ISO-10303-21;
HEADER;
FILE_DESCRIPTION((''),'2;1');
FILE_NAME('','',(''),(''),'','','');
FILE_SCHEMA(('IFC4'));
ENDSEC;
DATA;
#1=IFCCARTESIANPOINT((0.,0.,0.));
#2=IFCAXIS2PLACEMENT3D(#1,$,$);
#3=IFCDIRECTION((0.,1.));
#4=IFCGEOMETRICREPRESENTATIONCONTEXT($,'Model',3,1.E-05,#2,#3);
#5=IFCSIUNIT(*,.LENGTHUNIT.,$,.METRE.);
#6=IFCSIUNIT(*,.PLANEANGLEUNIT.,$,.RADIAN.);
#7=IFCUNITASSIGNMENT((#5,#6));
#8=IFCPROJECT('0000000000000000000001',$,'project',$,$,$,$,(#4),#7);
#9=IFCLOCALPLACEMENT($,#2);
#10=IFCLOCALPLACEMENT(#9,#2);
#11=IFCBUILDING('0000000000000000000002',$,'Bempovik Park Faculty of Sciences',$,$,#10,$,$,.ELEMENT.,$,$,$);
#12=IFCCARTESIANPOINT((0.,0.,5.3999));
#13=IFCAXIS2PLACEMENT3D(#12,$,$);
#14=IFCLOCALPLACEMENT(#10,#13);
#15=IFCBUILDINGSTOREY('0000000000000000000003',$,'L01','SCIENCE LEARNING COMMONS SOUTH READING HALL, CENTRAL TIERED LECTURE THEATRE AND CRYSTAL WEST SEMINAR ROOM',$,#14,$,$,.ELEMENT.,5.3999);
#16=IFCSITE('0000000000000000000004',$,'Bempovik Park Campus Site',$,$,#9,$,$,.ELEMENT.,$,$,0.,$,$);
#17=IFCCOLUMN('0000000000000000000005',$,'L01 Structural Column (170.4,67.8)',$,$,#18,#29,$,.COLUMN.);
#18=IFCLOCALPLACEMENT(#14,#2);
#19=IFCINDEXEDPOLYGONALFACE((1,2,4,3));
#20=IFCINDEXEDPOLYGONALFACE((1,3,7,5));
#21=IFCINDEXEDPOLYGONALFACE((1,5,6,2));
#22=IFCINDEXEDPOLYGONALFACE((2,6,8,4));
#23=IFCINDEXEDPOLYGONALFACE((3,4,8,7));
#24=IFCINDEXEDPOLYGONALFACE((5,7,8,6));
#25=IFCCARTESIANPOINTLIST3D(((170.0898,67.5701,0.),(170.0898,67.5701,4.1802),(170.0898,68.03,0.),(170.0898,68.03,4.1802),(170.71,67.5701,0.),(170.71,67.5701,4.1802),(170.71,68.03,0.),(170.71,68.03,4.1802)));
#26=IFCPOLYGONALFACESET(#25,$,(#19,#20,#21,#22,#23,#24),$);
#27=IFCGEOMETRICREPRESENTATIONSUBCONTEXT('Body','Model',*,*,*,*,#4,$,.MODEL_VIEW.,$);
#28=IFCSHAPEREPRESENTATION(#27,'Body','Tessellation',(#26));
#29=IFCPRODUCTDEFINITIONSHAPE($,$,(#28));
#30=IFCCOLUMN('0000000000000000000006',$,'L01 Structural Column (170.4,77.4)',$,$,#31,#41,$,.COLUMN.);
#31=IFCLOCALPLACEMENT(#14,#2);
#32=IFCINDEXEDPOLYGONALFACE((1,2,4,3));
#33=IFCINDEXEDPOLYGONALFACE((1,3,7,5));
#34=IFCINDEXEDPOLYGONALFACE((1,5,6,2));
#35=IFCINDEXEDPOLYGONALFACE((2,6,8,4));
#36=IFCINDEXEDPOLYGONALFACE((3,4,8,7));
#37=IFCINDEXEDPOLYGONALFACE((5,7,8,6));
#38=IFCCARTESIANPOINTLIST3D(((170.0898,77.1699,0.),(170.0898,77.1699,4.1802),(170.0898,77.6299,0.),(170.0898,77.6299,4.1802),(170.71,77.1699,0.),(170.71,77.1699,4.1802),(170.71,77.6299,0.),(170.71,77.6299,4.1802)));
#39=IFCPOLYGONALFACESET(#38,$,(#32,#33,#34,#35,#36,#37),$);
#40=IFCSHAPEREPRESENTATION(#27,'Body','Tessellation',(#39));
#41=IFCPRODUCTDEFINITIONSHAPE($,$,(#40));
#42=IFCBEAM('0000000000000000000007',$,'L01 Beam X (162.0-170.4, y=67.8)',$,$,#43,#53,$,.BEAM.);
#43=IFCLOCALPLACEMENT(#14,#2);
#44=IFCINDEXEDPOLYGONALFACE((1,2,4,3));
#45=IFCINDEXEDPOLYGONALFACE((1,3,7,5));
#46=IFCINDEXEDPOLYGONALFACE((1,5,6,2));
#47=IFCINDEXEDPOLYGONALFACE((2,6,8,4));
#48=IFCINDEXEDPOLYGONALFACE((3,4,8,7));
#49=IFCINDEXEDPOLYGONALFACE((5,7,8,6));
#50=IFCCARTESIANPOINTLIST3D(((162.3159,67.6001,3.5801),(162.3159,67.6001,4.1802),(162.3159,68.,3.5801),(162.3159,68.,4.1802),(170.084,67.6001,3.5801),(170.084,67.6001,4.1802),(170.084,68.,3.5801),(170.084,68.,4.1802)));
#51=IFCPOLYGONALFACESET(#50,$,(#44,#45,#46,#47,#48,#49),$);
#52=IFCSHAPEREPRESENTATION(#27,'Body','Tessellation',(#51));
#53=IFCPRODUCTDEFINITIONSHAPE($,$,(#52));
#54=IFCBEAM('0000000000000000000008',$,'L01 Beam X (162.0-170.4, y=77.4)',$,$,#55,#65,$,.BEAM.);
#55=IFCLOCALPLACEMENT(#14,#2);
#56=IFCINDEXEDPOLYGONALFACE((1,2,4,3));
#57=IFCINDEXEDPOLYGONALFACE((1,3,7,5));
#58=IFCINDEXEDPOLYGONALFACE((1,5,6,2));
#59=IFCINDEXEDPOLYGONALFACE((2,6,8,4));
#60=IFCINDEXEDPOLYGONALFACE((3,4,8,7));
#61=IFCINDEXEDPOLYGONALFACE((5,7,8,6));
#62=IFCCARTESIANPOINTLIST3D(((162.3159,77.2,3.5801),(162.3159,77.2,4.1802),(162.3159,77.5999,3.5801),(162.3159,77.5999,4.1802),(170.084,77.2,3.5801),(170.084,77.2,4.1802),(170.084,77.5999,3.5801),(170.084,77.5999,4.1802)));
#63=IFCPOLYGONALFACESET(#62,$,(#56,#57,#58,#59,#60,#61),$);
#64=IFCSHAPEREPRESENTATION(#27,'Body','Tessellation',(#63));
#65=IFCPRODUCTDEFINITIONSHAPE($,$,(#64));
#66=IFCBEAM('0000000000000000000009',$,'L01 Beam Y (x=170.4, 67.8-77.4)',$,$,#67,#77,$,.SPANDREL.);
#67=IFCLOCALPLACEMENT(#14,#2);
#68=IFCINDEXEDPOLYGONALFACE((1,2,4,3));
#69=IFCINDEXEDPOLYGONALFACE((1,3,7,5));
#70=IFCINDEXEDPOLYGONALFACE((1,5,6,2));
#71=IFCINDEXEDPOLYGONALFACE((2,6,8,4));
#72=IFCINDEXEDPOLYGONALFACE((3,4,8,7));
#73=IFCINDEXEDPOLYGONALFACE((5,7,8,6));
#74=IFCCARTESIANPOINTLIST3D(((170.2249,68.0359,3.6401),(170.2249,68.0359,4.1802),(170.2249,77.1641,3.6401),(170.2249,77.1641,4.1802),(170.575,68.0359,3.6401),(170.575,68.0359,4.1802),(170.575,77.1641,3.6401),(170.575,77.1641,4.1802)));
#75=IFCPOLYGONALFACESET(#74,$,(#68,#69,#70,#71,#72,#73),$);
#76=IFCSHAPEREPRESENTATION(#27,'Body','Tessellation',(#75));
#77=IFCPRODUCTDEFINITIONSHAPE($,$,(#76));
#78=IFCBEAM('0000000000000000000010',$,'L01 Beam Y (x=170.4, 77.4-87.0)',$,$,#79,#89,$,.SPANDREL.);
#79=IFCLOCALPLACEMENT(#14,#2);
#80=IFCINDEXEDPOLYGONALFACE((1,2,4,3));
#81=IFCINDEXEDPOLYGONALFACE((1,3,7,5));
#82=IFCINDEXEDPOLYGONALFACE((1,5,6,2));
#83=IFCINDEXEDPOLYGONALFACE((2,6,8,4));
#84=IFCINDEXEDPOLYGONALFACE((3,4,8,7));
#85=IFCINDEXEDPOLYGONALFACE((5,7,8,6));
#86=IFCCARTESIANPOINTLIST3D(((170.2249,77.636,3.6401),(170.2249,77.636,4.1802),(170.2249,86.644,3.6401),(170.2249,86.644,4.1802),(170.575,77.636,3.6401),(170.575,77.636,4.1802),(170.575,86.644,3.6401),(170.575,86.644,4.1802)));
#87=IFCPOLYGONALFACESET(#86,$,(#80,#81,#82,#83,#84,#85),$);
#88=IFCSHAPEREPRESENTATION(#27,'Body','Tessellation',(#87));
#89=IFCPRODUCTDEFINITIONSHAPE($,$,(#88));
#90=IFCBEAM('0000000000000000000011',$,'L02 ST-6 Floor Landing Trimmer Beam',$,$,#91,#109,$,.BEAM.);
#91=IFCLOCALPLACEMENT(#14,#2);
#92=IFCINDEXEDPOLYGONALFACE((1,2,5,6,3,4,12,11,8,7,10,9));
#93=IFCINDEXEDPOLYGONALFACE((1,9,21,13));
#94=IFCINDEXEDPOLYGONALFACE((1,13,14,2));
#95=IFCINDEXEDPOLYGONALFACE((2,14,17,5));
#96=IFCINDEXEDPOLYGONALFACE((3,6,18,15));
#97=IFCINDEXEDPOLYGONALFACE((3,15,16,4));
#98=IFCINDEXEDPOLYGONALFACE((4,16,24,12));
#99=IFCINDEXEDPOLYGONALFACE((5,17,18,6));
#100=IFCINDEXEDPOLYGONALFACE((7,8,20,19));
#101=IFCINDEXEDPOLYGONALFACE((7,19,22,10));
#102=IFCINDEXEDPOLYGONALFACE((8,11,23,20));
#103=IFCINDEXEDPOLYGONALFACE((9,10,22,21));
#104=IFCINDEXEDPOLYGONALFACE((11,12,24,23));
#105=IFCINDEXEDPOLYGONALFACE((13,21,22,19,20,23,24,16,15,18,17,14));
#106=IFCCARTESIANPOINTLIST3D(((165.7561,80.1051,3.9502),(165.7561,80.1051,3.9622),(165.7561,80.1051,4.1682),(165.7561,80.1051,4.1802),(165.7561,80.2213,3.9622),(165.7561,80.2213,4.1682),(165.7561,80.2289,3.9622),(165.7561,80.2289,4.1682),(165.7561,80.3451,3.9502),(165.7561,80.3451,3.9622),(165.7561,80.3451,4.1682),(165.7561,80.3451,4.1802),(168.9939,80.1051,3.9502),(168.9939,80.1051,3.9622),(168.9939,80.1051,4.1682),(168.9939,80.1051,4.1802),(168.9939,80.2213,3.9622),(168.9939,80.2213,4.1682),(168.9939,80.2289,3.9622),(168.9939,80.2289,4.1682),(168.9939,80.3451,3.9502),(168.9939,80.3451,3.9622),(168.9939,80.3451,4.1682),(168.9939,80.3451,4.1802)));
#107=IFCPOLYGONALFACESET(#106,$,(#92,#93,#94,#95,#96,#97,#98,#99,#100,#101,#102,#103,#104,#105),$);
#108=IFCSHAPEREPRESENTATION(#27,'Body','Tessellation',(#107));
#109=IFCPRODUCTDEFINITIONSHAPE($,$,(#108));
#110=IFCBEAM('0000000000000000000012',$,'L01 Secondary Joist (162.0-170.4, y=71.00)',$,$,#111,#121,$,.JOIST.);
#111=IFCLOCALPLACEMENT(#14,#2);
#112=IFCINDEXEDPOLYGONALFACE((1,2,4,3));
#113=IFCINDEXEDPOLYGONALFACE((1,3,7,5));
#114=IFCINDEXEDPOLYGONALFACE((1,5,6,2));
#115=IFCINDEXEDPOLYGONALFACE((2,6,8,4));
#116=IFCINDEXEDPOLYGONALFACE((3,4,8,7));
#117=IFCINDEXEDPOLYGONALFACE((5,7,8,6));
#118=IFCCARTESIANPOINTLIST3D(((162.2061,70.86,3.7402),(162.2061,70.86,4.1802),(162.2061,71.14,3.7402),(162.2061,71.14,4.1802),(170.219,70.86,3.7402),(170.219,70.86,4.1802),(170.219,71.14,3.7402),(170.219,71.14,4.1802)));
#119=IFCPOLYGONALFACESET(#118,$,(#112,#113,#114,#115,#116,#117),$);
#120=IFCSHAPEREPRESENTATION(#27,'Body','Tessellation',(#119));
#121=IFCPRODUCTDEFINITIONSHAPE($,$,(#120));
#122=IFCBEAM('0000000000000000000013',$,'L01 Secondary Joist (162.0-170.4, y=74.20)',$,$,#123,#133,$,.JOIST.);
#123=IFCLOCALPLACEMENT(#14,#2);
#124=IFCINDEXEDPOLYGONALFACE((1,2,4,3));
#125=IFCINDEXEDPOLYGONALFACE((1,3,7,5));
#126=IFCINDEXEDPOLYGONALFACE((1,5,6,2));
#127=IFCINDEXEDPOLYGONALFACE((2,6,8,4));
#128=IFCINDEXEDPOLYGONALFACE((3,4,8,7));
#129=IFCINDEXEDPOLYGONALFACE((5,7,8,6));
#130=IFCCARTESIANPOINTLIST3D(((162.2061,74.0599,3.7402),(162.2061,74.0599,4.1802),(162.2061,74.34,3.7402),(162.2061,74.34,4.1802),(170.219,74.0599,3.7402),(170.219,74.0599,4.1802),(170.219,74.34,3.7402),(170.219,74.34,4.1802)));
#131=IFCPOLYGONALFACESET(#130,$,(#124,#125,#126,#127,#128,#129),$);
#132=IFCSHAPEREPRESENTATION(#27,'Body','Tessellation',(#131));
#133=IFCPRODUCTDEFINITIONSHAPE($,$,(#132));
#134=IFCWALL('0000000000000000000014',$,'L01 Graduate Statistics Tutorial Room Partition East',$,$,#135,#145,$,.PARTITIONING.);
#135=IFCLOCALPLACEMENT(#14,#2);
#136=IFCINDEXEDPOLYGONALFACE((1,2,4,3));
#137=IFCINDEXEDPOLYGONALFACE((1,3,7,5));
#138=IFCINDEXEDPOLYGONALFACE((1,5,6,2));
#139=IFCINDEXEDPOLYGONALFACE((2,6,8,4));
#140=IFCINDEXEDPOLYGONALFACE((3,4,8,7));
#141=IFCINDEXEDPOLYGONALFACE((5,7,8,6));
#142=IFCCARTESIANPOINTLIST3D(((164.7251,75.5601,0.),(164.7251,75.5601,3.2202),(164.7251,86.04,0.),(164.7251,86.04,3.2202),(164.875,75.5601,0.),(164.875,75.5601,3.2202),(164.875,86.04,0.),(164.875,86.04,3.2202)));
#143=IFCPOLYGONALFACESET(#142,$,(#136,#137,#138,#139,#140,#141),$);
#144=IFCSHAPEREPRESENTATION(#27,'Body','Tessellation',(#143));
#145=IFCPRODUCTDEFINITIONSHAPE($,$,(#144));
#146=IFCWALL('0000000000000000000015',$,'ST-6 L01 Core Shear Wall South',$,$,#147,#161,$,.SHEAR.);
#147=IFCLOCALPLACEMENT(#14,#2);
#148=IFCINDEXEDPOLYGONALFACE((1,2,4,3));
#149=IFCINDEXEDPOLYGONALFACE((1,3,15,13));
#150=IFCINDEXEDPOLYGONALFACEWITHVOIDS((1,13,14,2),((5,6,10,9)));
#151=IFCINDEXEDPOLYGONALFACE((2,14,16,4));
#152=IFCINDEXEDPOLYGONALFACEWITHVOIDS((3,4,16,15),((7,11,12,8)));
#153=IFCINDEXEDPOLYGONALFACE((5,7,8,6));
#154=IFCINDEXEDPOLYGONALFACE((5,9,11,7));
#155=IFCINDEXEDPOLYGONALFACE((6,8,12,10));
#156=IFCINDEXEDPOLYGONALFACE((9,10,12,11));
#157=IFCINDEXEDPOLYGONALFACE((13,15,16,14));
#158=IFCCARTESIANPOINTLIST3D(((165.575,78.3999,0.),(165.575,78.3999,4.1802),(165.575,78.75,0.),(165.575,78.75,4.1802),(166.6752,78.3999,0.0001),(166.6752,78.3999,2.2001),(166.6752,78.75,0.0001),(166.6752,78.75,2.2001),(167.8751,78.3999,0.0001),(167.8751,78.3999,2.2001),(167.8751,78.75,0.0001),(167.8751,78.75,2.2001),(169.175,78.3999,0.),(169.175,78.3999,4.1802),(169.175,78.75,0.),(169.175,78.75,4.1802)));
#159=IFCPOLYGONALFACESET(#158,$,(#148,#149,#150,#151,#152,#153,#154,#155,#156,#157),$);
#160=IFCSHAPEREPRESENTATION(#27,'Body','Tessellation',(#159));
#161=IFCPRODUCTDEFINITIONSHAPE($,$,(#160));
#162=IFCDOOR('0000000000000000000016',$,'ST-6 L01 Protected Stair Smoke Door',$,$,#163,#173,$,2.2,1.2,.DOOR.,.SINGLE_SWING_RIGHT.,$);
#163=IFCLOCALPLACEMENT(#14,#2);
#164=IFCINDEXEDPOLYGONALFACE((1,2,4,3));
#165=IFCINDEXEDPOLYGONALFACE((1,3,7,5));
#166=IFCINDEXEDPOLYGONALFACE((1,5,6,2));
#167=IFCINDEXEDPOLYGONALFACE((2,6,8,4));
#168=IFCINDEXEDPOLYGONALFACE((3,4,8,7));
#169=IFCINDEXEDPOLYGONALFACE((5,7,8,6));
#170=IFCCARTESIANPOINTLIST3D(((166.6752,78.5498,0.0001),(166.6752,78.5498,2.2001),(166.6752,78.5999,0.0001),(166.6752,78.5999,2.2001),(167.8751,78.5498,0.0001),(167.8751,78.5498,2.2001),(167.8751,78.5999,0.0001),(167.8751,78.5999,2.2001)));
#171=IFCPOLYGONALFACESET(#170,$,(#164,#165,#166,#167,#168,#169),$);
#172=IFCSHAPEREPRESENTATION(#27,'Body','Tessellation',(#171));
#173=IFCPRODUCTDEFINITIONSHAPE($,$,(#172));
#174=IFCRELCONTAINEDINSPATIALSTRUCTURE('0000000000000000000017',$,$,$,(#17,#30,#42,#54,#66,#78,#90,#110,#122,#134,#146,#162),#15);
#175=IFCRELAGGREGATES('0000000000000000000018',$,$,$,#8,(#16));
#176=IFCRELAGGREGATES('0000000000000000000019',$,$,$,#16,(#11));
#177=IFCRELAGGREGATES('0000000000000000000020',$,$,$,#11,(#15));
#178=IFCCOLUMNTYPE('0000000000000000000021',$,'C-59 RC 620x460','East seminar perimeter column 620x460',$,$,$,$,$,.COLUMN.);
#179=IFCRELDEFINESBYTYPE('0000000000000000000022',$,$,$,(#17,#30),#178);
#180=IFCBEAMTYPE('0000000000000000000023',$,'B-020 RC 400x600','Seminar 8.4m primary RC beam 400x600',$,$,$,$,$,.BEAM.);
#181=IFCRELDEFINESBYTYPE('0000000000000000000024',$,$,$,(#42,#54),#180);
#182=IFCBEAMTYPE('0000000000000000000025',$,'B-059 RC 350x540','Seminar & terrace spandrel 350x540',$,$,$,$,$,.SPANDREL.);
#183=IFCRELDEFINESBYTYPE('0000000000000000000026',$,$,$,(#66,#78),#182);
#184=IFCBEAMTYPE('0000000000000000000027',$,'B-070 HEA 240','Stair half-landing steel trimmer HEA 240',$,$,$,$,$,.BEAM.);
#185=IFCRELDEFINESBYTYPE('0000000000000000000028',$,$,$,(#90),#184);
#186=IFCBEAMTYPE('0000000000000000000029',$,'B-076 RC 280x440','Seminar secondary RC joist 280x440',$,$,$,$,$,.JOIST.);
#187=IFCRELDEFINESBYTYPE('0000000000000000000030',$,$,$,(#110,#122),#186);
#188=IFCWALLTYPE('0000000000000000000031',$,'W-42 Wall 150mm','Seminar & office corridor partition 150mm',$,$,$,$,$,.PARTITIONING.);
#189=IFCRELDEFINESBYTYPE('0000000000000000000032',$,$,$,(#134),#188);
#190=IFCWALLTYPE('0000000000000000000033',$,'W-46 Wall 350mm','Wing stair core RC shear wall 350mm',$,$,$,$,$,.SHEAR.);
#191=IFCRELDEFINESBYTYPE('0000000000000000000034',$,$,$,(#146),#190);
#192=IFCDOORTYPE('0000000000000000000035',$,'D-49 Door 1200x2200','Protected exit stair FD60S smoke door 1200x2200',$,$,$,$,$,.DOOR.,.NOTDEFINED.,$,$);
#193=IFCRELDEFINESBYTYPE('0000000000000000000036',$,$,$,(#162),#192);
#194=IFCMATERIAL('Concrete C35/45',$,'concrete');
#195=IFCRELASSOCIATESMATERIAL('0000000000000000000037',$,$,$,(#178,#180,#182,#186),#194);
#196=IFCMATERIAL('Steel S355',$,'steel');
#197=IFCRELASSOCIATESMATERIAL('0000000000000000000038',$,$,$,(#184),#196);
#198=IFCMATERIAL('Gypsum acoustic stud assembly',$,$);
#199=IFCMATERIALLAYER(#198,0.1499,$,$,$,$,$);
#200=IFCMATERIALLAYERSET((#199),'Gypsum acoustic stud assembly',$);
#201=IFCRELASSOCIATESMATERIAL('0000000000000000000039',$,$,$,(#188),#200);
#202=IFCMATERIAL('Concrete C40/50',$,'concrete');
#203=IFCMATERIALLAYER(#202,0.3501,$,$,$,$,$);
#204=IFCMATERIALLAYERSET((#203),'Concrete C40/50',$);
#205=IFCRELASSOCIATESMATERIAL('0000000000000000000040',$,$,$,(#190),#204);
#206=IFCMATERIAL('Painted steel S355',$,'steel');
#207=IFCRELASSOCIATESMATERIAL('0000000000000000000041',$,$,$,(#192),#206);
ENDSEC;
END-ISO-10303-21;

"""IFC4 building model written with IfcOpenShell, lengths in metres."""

from ifc_helpers import new_model, si_unit, direction, frame, frame_2d, origin, origin_2d, place, context, subcontext, project, spatial, rectangle, i_section, extrude, material, layer, layer_set, material_profile, profile_set, type_object, element, fill, save


model = new_model("IFC4")

# Units and contexts
model_context = context("Model", 3, precision=1e-05, world=origin(), true_north=direction((0.0, 1.0)))
body_context = subcontext(model_context, "Body", "Model", "MODEL_VIEW")
ifc_project = project(units=[si_unit("LENGTHUNIT", "METRE"), si_unit("PLANEANGLEUNIT", "RADIAN")], contexts=[model_context])

# Site, building, storey
site_placement = place(None, origin())
site = spatial("IfcSite", under=ifc_project, at=site_placement, Name="Bempovik Park Campus Site", CompositionType="ELEMENT", RefElevation=0.0)
building_placement = place(site_placement, origin())
building = spatial("IfcBuilding", under=site, at=building_placement, Name="Bempovik Park Faculty of Sciences", CompositionType="ELEMENT")
storey_placement = place(building_placement, frame((0.0, 0.0, 5.3999)))
storey = spatial("IfcBuildingStorey", under=building, at=storey_placement, Name="L01", Description="SCIENCE LEARNING COMMONS SOUTH READING HALL, CENTRAL TIERED LECTURE THEATRE AND CRYSTAL WEST SEMINAR ROOM", CompositionType="ELEMENT", Elevation=5.3999)

# Columns
ifc_material_1 = material(Name="Concrete C35/45", Category="concrete")
ifc_material_profile_1 = material_profile(ifc_material_1, rectangle(XDim=0.6201, YDim=0.46, at=origin_2d()), Name="RC 620x460")
ifc_profile_set_1 = profile_set([ifc_material_profile_1], Name="Concrete C35/45")
column_type = type_object("IfcColumnType", Name="C-59 RC 620x460", Description="East seminar perimeter column 620x460", PredefinedType="COLUMN", material=ifc_profile_set_1)
for number, where, z_axis, x_axis, name in (
    (1, (170.3999, 67.8, 0.0), (0.0, 0.0, 1.0), (1.0, 0.0, 0.0), "L01 Structural Column (170.4,67.8)"),
    (2, (170.3999, 77.3999, 0.0), (0.0, 0.0, 1.0), (1.0, 0.0, 0.0), "L01 Structural Column (170.4,77.4)"),
):
    element("IfcColumn", number, at=place(storey_placement, frame(where, z_axis=z_axis, x_axis=x_axis)), inside=storey, type_object=column_type, Name=name, PredefinedType="COLUMN", context=body_context, shape_type="SweptSolid", body=[
        extrude(rectangle(XDim=0.6201, YDim=0.46, at=origin_2d()), origin(), (0.0, 0.0, 1.0), 4.1802),
    ])

# Beams
ifc_material_profile_2 = material_profile(ifc_material_1, rectangle(XDim=0.3999, YDim=0.6001, at=origin_2d()), Name="RC 400x600")
ifc_profile_set_2 = profile_set([ifc_material_profile_2], Name="Concrete C35/45")
beam_type_1 = type_object("IfcBeamType", Name="B-020 RC 400x600", Description="Seminar 8.4m primary RC beam 400x600", PredefinedType="BEAM", material=ifc_profile_set_2)
for number, where, z_axis, x_axis, name in (
    (3, (162.3159, 67.8, 3.8801), (1.0, 0.0, 0.0), (0.0, 1.0, 0.0), "L01 Beam X (162.0-170.4, y=67.8)"),
    (4, (162.3159, 77.3999, 3.8801), (1.0, 0.0, 0.0), (0.0, 1.0, 0.0), "L01 Beam X (162.0-170.4, y=77.4)"),
):
    element("IfcBeam", number, at=place(storey_placement, frame(where, z_axis=z_axis, x_axis=x_axis)), inside=storey, type_object=beam_type_1, Name=name, PredefinedType="BEAM", context=body_context, shape_type="SweptSolid", body=[
        extrude(rectangle(XDim=0.3999, YDim=0.6001, at=origin_2d()), origin(), (0.0, 0.0, 1.0), 7.7681),
    ])
ifc_material_profile_3 = material_profile(ifc_material_1, rectangle(XDim=0.3501, YDim=0.54, at=origin_2d()), Name="RC 350x540")
ifc_profile_set_3 = profile_set([ifc_material_profile_3], Name="Concrete C35/45")
beam_type_2 = type_object("IfcBeamType", Name="B-059 RC 350x540", Description="Seminar & terrace spandrel 350x540", PredefinedType="SPANDREL", material=ifc_profile_set_3)
beam_1_placement = place(storey_placement, frame((170.3999, 68.0359, 3.9102), z_axis=(0.0, 1.0, 0.0), x_axis=(-1.0, 0.0, 0.0)))
element("IfcBeam", 5, at=beam_1_placement, inside=storey, type_object=beam_type_2, Name="L01 Beam Y (x=170.4, 67.8-77.4)", PredefinedType="SPANDREL", context=body_context, shape_type="SweptSolid", body=[
    extrude(rectangle(XDim=0.3501, YDim=0.54, at=origin_2d()), origin(), (0.0, 0.0, 1.0), 9.1282),
])
beam_2_placement = place(storey_placement, frame((170.3999, 77.636, 3.9102), z_axis=(0.0, 1.0, 0.0), x_axis=(-1.0, 0.0, 0.0)))
element("IfcBeam", 6, at=beam_2_placement, inside=storey, type_object=beam_type_2, Name="L01 Beam Y (x=170.4, 77.4-87.0)", PredefinedType="SPANDREL", context=body_context, shape_type="SweptSolid", body=[
    extrude(rectangle(XDim=0.3501, YDim=0.54, at=origin_2d()), origin(), (0.0, 0.0, 1.0), 9.0081),
])
ifc_material_2 = material(Name="Steel S355", Category="steel")
ifc_material_profile_4 = material_profile(ifc_material_2, i_section(OverallWidth=0.24, OverallDepth=0.23, WebThickness=0.0076, FlangeThickness=0.012, at=origin_2d()), Name="HEA 240")
ifc_profile_set_4 = profile_set([ifc_material_profile_4], Name="Steel S355")
beam_type_3 = type_object("IfcBeamType", Name="B-070 HEA 240", Description="Stair half-landing steel trimmer HEA 240", PredefinedType="BEAM", material=ifc_profile_set_4)
beam_3_placement = place(storey_placement, frame((165.7561, 80.2251, 4.0652), z_axis=(1.0, 0.0, 0.0), x_axis=(0.0, 1.0, 0.0)))
element("IfcBeam", 7, at=beam_3_placement, inside=storey, type_object=beam_type_3, Name="L02 ST-6 Floor Landing Trimmer Beam", PredefinedType="BEAM", context=body_context, shape_type="SweptSolid", body=[
    extrude(i_section(OverallWidth=0.24, OverallDepth=0.23, WebThickness=0.0076, FlangeThickness=0.012, at=origin_2d()), origin(), (0.0, 0.0, 1.0), 3.2378),
])
ifc_material_profile_5 = material_profile(ifc_material_1, rectangle(XDim=0.28, YDim=0.4399, at=origin_2d()), Name="RC 280x440")
ifc_profile_set_5 = profile_set([ifc_material_profile_5], Name="Concrete C35/45")
beam_type_4 = type_object("IfcBeamType", Name="B-076 RC 280x440", Description="Seminar secondary RC joist 280x440", PredefinedType="JOIST", material=ifc_profile_set_5)
for number, where, z_axis, x_axis, name in (
    (8, (162.2061, 71.0, 3.9602), (1.0, 0.0, 0.0), (0.0, 1.0, 0.0), "L01 Secondary Joist (162.0-170.4, y=71.00)"),
    (9, (162.2061, 74.2, 3.9602), (1.0, 0.0, 0.0), (0.0, 1.0, 0.0), "L01 Secondary Joist (162.0-170.4, y=74.20)"),
):
    element("IfcBeam", number, at=place(storey_placement, frame(where, z_axis=z_axis, x_axis=x_axis)), inside=storey, type_object=beam_type_4, Name=name, PredefinedType="JOIST", context=body_context, shape_type="SweptSolid", body=[
        extrude(rectangle(XDim=0.28, YDim=0.4399, at=origin_2d()), origin(), (0.0, 0.0, 1.0), 8.0129),
    ])

# Wall
ifc_material_3 = material(Name="Gypsum acoustic stud assembly")
ifc_layer_1 = layer(ifc_material_3, 0.1499)
ifc_layer_set_1 = layer_set([ifc_layer_1], Name="Gypsum acoustic stud assembly")
wall_type_1 = type_object("IfcWallType", Name="W-42 Wall 150mm", Description="Seminar & office corridor partition 150mm", PredefinedType="PARTITIONING", material=ifc_layer_set_1)
wall_1_placement = place(storey_placement, frame((164.8, 75.5601, 0.0), z_axis=(0.0, 0.0, 1.0), x_axis=(0.0, 1.0, 0.0)))
element("IfcWall", 10, at=wall_1_placement, inside=storey, type_object=wall_type_1, Name="L01 Graduate Statistics Tutorial Room Partition East", PredefinedType="PARTITIONING", context=body_context, shape_type="SweptSolid", body=[
    extrude(rectangle(XDim=10.48, YDim=0.1499, at=frame_2d((5.24, 0.0))), origin(), (0.0, 0.0, 1.0), 3.2202),
])

# Wall, opening, door
ifc_material_4 = material(Name="Concrete C40/50", Category="concrete")
ifc_layer_2 = layer(ifc_material_4, 0.3501)
ifc_layer_set_2 = layer_set([ifc_layer_2], Name="Concrete C40/50")
wall_type_2 = type_object("IfcWallType", Name="W-46 Wall 350mm", Description="Wing stair core RC shear wall 350mm", PredefinedType="SHEAR", material=ifc_layer_set_2)
wall_2_placement = place(storey_placement, frame((165.575, 78.575, 0.0), z_axis=(0.0, 0.0, 1.0), x_axis=(1.0, 0.0, 0.0)))
wall_2 = element("IfcWall", 11, at=wall_2_placement, inside=storey, type_object=wall_type_2, Name="ST-6 L01 Core Shear Wall South", PredefinedType="SHEAR", context=body_context, shape_type="SweptSolid", body=[
    extrude(rectangle(XDim=3.6001, YDim=0.3501, at=frame_2d((1.8, 0.0))), origin(), (0.0, 0.0, 1.0), 4.1802),
])
opening_1_placement = place(wall_2_placement, frame((1.1001, 0.0, 0.0)))
opening_1 = element("IfcOpeningElement", 12, at=opening_1_placement, cuts=wall_2, PredefinedType="OPENING", context=body_context, shape_type="SweptSolid", body=[
    extrude(rectangle(XDim=1.2, YDim=2.2, at=frame_2d((0.6001, 1.1001))), frame((0.0, 0.1851, 0.0), z_axis=(0.0, -1.0, 0.0), x_axis=(1.0, 0.0, 0.0)), (0.0, 0.0, 1.0), 0.3701),
])
ifc_material_5 = material(Name="Painted steel S355", Category="steel")
door_type = type_object("IfcDoorType", Name="D-49 Door 1200x2200", Description="Protected exit stair FD60S smoke door 1200x2200", OperationType="NOTDEFINED", PredefinedType="DOOR", material=ifc_material_5)
door_placement = place(opening_1_placement, origin())
door = element("IfcDoor", 13, at=door_placement, inside=storey, type_object=door_type, Name="ST-6 L01 Protected Stair Smoke Door", OperationType="SINGLE_SWING_RIGHT", OverallHeight=2.2, OverallWidth=1.2, PredefinedType="DOOR", context=body_context, shape_type="SweptSolid", body=[
    extrude(rectangle(XDim=1.2, YDim=2.2, at=frame_2d((0.6001, 1.1001))), frame((0.0, 0.0249, 0.0), z_axis=(0.0, -1.0, 0.0), x_axis=(1.0, 0.0, 0.0)), (0.0, 0.0, 1.0), 0.05),
])
fill(opening_1, door)

save(model, "model.ifc")
